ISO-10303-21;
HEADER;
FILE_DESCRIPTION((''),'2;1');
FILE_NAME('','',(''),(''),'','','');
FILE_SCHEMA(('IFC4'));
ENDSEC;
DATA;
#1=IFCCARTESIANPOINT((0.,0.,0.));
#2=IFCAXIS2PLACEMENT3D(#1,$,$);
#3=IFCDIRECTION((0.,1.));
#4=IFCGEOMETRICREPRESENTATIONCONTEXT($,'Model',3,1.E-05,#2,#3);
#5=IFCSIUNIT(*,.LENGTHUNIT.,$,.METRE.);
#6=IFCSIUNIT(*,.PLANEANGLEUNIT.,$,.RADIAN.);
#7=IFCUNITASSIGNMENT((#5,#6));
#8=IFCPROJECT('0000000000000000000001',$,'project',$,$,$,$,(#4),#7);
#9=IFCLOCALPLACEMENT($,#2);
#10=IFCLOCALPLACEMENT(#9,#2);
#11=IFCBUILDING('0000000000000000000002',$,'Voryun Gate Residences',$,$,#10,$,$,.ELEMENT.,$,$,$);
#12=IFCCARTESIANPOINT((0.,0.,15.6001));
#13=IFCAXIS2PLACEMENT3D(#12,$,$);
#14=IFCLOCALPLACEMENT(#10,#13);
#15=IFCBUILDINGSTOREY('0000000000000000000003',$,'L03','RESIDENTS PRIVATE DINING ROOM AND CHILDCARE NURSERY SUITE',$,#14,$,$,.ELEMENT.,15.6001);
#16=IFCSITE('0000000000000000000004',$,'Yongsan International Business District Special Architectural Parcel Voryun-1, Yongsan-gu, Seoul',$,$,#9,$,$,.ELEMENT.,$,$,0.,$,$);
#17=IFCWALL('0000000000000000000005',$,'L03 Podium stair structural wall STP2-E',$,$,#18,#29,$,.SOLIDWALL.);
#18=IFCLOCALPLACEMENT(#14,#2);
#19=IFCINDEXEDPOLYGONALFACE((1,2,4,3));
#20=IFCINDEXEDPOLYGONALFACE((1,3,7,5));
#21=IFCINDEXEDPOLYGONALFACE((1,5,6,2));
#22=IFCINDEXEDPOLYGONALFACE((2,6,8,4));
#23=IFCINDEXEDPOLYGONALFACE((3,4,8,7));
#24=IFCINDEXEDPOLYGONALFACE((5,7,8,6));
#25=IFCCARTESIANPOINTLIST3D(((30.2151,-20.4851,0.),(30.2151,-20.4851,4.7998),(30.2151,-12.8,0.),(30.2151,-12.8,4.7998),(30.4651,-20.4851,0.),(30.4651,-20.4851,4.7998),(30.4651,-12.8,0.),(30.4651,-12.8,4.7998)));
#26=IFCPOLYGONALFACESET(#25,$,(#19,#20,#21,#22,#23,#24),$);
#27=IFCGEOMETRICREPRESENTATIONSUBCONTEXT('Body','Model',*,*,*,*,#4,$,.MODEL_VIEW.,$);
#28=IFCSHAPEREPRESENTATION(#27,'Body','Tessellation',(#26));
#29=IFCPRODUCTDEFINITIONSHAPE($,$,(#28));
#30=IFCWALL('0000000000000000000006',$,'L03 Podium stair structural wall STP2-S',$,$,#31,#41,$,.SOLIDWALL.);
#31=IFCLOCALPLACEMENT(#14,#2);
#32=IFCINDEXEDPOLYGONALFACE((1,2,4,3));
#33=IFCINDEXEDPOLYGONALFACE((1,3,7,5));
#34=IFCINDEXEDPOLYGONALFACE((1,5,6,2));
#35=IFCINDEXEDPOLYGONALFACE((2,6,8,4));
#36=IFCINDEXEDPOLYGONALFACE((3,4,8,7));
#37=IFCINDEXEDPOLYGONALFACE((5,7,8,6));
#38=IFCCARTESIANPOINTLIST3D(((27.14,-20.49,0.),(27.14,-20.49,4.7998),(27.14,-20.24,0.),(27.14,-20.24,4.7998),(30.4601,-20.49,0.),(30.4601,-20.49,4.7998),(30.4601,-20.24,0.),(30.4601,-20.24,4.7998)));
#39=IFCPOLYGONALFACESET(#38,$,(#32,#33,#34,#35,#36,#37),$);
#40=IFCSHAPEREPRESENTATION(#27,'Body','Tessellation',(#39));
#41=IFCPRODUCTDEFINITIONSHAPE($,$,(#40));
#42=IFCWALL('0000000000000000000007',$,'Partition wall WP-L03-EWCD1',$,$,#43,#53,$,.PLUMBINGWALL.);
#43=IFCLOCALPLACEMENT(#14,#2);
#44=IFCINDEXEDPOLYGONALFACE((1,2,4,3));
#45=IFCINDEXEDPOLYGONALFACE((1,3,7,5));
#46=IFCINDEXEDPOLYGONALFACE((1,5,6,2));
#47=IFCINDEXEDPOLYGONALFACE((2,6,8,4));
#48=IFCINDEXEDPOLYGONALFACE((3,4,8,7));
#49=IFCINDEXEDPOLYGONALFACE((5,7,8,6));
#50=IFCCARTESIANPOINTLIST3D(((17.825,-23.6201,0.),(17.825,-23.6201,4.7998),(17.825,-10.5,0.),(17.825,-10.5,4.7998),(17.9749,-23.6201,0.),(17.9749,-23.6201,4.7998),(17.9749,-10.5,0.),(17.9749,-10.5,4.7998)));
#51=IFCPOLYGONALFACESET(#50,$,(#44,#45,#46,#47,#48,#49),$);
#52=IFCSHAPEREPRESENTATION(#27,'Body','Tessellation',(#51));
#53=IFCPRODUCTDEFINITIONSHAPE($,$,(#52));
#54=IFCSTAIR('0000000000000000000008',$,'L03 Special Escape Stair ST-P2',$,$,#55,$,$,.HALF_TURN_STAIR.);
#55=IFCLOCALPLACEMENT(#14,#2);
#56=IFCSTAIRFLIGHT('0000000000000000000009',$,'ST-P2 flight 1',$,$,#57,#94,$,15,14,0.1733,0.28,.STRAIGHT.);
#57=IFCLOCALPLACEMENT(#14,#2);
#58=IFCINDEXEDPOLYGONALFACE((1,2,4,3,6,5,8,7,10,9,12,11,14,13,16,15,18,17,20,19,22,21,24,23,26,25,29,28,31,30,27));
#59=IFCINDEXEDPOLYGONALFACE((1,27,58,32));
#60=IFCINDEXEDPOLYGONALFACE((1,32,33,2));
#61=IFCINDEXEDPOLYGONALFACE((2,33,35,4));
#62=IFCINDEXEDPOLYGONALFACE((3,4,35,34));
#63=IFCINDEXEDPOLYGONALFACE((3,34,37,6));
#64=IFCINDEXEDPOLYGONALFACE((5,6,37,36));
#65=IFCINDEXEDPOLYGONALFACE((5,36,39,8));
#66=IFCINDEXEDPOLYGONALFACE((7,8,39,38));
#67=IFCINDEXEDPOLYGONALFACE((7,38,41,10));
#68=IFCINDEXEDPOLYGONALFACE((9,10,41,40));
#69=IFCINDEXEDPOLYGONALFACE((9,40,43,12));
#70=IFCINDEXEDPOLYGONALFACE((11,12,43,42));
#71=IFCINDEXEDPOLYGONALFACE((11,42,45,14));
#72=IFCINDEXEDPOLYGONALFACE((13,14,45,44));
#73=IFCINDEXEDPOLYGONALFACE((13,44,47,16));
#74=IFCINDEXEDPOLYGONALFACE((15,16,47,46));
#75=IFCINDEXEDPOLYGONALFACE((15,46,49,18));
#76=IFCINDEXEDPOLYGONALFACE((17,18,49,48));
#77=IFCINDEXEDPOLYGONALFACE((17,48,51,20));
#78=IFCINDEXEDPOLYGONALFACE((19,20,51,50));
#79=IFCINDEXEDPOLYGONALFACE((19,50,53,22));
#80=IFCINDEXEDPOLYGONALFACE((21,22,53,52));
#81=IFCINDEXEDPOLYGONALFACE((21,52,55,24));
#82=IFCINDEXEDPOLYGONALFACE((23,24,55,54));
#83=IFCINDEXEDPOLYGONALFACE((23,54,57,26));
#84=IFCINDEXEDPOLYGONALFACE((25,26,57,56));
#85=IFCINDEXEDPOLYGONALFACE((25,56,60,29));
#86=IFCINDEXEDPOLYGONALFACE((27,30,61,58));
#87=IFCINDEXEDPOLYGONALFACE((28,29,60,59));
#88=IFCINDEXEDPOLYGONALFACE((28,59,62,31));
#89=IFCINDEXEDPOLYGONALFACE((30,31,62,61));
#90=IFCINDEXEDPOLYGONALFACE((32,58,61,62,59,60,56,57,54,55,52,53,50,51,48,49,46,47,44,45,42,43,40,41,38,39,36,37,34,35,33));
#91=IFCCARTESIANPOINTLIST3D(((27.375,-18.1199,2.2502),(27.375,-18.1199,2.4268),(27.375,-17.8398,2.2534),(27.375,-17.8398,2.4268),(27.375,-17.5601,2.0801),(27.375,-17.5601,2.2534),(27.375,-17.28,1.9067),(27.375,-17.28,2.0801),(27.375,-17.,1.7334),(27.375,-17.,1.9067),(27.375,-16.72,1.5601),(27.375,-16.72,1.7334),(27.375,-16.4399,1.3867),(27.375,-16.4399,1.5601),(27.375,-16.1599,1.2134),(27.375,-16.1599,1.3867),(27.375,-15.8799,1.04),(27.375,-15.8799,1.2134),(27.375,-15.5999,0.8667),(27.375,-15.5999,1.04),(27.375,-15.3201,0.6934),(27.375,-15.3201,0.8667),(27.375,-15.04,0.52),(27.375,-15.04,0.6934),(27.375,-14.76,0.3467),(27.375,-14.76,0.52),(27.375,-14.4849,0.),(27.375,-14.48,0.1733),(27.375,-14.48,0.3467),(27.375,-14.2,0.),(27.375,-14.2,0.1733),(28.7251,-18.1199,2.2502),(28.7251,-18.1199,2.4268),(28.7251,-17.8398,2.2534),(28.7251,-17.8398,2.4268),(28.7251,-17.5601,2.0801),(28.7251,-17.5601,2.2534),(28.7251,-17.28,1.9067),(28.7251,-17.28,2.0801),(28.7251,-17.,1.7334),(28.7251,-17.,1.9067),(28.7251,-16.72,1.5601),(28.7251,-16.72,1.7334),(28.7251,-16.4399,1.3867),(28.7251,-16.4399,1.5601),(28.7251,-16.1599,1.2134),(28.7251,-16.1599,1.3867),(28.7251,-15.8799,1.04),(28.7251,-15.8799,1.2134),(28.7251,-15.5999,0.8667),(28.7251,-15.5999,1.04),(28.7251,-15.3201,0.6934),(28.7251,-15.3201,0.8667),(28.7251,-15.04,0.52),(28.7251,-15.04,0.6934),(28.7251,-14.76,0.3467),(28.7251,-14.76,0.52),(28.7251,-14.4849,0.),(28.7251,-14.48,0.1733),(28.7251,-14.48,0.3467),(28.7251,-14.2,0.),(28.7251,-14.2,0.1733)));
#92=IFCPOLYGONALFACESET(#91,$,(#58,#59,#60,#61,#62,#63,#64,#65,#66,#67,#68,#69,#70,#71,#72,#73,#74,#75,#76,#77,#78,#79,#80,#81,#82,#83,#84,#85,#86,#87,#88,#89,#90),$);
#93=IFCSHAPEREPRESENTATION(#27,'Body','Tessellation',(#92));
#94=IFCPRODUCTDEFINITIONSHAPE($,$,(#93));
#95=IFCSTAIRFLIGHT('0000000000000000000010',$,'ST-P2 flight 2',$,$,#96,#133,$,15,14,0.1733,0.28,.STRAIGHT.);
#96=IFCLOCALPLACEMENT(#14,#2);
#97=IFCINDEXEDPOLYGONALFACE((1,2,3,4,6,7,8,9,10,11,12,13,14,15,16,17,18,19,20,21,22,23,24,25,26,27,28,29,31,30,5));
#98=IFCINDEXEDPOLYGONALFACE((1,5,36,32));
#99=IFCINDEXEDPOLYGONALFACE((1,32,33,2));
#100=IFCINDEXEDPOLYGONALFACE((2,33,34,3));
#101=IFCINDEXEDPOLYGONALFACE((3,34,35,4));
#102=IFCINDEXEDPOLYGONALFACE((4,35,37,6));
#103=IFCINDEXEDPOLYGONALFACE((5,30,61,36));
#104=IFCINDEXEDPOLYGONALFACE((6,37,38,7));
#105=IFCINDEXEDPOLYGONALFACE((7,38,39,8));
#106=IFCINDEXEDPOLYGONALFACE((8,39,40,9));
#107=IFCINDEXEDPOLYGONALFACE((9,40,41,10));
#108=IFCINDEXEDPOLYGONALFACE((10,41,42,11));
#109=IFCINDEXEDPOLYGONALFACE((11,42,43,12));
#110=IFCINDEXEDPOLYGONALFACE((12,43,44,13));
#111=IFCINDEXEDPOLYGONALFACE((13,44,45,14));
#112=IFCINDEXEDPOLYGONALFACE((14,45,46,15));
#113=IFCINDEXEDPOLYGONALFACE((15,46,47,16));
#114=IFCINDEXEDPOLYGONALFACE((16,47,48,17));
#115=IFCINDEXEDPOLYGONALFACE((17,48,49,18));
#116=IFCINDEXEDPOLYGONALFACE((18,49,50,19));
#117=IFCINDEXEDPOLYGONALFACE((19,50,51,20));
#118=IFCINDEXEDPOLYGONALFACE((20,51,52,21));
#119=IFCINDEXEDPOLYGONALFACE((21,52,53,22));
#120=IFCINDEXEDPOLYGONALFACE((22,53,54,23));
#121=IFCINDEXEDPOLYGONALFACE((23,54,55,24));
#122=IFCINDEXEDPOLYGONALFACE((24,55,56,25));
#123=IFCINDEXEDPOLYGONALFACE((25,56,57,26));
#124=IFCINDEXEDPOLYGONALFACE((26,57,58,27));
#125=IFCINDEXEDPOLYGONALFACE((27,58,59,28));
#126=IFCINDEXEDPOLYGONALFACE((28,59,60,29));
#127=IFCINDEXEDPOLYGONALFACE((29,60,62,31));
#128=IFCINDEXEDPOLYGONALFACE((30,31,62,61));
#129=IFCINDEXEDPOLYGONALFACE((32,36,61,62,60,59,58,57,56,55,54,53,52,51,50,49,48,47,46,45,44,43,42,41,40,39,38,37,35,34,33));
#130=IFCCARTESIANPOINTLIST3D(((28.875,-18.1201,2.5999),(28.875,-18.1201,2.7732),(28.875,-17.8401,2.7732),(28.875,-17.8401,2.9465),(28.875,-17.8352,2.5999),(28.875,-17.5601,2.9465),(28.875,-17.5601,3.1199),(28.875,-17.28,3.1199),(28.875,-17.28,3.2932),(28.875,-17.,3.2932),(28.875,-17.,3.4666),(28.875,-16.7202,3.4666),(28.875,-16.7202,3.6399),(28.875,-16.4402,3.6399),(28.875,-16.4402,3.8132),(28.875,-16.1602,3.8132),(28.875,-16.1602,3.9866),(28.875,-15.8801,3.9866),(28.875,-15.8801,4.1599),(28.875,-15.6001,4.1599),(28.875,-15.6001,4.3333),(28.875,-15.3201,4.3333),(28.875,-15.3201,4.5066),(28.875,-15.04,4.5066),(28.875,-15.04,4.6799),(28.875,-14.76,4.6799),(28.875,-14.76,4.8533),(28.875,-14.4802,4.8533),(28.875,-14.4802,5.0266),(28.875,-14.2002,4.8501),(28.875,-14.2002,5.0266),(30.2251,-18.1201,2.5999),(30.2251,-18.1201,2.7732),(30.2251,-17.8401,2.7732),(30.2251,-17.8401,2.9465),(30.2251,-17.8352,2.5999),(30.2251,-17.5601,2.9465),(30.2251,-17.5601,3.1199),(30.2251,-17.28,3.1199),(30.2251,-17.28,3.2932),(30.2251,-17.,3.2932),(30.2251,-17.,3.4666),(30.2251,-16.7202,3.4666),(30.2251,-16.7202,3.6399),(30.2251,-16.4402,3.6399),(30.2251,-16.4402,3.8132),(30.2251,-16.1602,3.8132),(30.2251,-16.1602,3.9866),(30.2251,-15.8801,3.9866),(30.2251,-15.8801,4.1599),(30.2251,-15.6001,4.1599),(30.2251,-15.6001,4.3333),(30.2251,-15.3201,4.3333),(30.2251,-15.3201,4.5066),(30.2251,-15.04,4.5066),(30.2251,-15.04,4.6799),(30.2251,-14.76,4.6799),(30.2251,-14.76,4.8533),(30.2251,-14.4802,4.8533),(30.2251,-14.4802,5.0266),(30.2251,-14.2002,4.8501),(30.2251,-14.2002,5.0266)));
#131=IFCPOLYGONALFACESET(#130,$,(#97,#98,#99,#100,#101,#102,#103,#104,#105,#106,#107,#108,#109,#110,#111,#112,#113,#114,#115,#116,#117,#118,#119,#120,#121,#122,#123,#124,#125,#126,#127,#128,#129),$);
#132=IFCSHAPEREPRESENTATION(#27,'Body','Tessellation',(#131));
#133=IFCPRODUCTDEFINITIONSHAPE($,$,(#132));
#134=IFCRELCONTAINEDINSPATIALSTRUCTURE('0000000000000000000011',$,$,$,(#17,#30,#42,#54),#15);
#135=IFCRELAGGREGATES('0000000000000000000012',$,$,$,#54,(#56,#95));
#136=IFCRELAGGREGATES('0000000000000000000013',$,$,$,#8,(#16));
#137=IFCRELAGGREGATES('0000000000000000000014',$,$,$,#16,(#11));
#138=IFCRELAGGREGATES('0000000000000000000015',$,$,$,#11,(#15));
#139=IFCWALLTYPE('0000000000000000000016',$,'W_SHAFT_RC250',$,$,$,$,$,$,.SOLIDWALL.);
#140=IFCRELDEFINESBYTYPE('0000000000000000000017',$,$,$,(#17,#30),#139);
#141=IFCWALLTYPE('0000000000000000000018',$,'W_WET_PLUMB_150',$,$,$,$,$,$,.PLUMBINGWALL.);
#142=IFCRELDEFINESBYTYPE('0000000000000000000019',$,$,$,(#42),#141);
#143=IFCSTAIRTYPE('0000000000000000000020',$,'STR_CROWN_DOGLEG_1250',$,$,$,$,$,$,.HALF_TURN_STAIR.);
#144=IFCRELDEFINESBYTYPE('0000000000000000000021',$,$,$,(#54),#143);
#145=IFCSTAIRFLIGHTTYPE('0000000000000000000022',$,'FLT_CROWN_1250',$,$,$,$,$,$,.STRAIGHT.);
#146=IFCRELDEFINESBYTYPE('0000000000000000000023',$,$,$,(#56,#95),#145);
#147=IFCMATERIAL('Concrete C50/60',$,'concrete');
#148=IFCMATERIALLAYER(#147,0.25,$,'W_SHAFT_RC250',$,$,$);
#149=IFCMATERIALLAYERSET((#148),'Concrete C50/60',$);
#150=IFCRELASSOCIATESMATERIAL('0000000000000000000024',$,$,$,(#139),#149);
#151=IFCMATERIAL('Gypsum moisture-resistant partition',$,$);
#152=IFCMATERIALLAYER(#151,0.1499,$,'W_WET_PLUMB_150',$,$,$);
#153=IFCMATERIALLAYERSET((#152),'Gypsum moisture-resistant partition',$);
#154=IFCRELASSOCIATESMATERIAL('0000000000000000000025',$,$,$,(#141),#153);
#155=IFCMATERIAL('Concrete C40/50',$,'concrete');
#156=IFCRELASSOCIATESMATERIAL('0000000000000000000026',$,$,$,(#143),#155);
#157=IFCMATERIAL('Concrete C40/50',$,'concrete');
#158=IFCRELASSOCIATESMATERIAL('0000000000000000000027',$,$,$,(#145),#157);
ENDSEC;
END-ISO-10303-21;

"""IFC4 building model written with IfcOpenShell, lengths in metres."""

from ifc_helpers import new_model, si_unit, direction, frame, frame_2d, origin, place, context, subcontext, project, spatial, polyline, rectangle, outline, extrude, material, layer, layer_set, type_object, element, aggregate, save


model = new_model("IFC4")

# Units and contexts
model_context = context("Model", 3, precision=1e-05, world=origin(), true_north=direction((0.0, 1.0)))
body_context = subcontext(model_context, "Body", "Model", "MODEL_VIEW")
ifc_project = project(units=[si_unit("LENGTHUNIT", "METRE"), si_unit("PLANEANGLEUNIT", "RADIAN")], contexts=[model_context])

# Site, building, storey
site_placement = place(None, origin())
site = spatial("IfcSite", under=ifc_project, at=site_placement, Name="Yongsan International Business District Special Architectural Parcel Voryun-1, Yongsan-gu, Seoul", CompositionType="ELEMENT", RefElevation=0.0)
building_placement = place(site_placement, origin())
building = spatial("IfcBuilding", under=site, at=building_placement, Name="Voryun Gate Residences", CompositionType="ELEMENT")
storey_placement = place(building_placement, frame((0.0, 0.0, 15.6001)))
storey = spatial("IfcBuildingStorey", under=building, at=storey_placement, Name="L03", Description="RESIDENTS PRIVATE DINING ROOM AND CHILDCARE NURSERY SUITE", CompositionType="ELEMENT", Elevation=15.6001)

# Walls
ifc_material_1 = material(Name="Concrete C50/60", Category="concrete")
ifc_layer_1 = layer(ifc_material_1, 0.25, Name="W_SHAFT_RC250")
ifc_layer_set_1 = layer_set([ifc_layer_1], Name="Concrete C50/60")
wall_type_1 = type_object("IfcWallType", Name="W_SHAFT_RC250", PredefinedType="SOLIDWALL", material=ifc_layer_set_1)
for number, where, z_axis, x_axis, name in (
    (1, (30.3401, -20.4851, 0.0), (0.0, 0.0, 1.0), (0.0, 1.0, 0.0), "L03 Podium stair structural wall STP2-E"),
):
    element("IfcWall", number, at=place(storey_placement, frame(where, z_axis=z_axis, x_axis=x_axis)), inside=storey, type_object=wall_type_1, Name=name, PredefinedType="SOLIDWALL", context=body_context, shape_type="SweptSolid", body=[
        extrude(rectangle(XDim=7.6851, YDim=0.25, at=frame_2d((3.8425, 0.0))), origin(), (0.0, 0.0, 1.0), 4.7998),
    ])
wall_1_placement = place(storey_placement, frame((27.1399, -20.365, 0.0), z_axis=(0.0, 0.0, 1.0), x_axis=(1.0, 0.0, 0.0)))
element("IfcWall", 2, at=wall_1_placement, inside=storey, type_object=wall_type_1, Name="L03 Podium stair structural wall STP2-S", PredefinedType="SOLIDWALL", context=body_context, shape_type="SweptSolid", body=[
    extrude(rectangle(XDim=3.3201, YDim=0.25, at=frame_2d((1.6602, 0.0))), origin(), (0.0, 0.0, 1.0), 4.7998),
])
ifc_material_2 = material(Name="Gypsum moisture-resistant partition")
ifc_layer_2 = layer(ifc_material_2, 0.1499, Name="W_WET_PLUMB_150")
ifc_layer_set_2 = layer_set([ifc_layer_2], Name="Gypsum moisture-resistant partition")
wall_type_2 = type_object("IfcWallType", Name="W_WET_PLUMB_150", PredefinedType="PLUMBINGWALL", material=ifc_layer_set_2)
wall_2_placement = place(storey_placement, frame((17.8999, -23.6201, 0.0), z_axis=(0.0, 0.0, 1.0), x_axis=(0.0, 1.0, 0.0)))
element("IfcWall", 3, at=wall_2_placement, inside=storey, type_object=wall_type_2, Name="Partition wall WP-L03-EWCD1", PredefinedType="PLUMBINGWALL", context=body_context, shape_type="SweptSolid", body=[
    extrude(rectangle(XDim=13.1201, YDim=0.1499, at=frame_2d((6.5601, 0.0))), origin(), (0.0, 0.0, 1.0), 4.7998),
])

# Stair, stair flights
ifc_material_3 = material(Name="Concrete C40/50", Category="concrete")
stair_type = type_object("IfcStairType", Name="STR_CROWN_DOGLEG_1250", PredefinedType="HALF_TURN_STAIR", material=ifc_material_3)
stair_placement = place(storey_placement, origin())
stair = element("IfcStair", 4, at=stair_placement, inside=storey, type_object=stair_type, Name="L03 Special Escape Stair ST-P2", PredefinedType="HALF_TURN_STAIR")
ifc_material_4 = material(Name="Concrete C40/50", Category="concrete")
stair_flight_type = type_object("IfcStairFlightType", Name="FLT_CROWN_1250", PredefinedType="STRAIGHT", material=ifc_material_4)
stair_flight_1_placement = place(storey_placement, frame((28.05, -14.2, 0.0), z_axis=(0.0, 0.0, 1.0), x_axis=(0.0, -1.0, 0.0)))
stair_flight_1 = element("IfcStairFlight", 5, at=stair_flight_1_placement, type_object=stair_flight_type, Name="ST-P2 flight 1", NumberOfRisers=15, NumberOfTreads=14, PredefinedType="STRAIGHT", RiserHeight=0.1733, TreadLength=0.28, context=body_context, shape_type="SweptSolid", body=[
    extrude(outline(polyline([(0.0, 0.0), (0.0, 0.1733), (0.28, 0.1733), (0.28, 0.3467), (0.5601, 0.3467), (0.5601, 0.52), (0.8401, 0.52), (0.8401, 0.6934), (1.1201, 0.6934), (1.1201, 0.8667), (1.3999, 0.8667), (1.3999, 1.04), (1.6799, 1.04), (1.6799, 1.2134), (1.96, 1.2134), (1.96, 1.3867), (2.24, 1.3867), (2.24, 1.5601), (2.52, 1.5601), (2.52, 1.7334), (2.8, 1.7334), (2.8, 1.9067), (3.0801, 1.9067), (3.0801, 2.0801), (3.3601, 2.0801), (3.3601, 2.2534), (3.6399, 2.2534), (3.6399, 2.4268), (3.9199, 2.4268), (3.9199, 2.6001), (3.9199, 2.2502), (0.2849, 0.0), (0.0, 0.0)])), frame((0.0, 0.675, 0.0), z_axis=(0.0, -1.0, 0.0), x_axis=(1.0, 0.0, 0.0)), (0.0, 0.0, 1.0), 1.3501),
])
stair_flight_2_placement = place(storey_placement, frame((29.55, -18.1201, 2.5999), z_axis=(0.0, 0.0, 1.0), x_axis=(0.0, 1.0, 0.0)))
stair_flight_2 = element("IfcStairFlight", 6, at=stair_flight_2_placement, type_object=stair_flight_type, Name="ST-P2 flight 2", NumberOfRisers=15, NumberOfTreads=14, PredefinedType="STRAIGHT", RiserHeight=0.1733, TreadLength=0.28, context=body_context, shape_type="SweptSolid", body=[
    extrude(outline(polyline([(0.0, 0.0), (0.0, 0.1733), (0.28, 0.1733), (0.28, 0.3467), (0.5601, 0.3467), (0.5601, 0.52), (0.8401, 0.52), (0.8401, 0.6934), (1.1201, 0.6934), (1.1201, 0.8667), (1.3999, 0.8667), (1.3999, 1.04), (1.6799, 1.04), (1.6799, 1.2134), (1.96, 1.2134), (1.96, 1.3867), (2.24, 1.3867), (2.24, 1.5601), (2.52, 1.5601), (2.52, 1.7334), (2.8, 1.7334), (2.8, 1.9067), (3.0801, 1.9067), (3.0801, 2.0801), (3.3601, 2.0801), (3.3601, 2.2534), (3.6399, 2.2534), (3.6399, 2.4268), (3.9199, 2.4268), (3.9199, 2.6001), (3.9199, 2.2502), (0.2849, 0.0), (0.0, 0.0)])), frame((0.0, 0.675, 0.0), z_axis=(0.0, -1.0, 0.0), x_axis=(1.0, 0.0, 0.0)), (0.0, 0.0, 1.0), 1.3501),
])
aggregate(stair, [stair_flight_1, stair_flight_2])

save(model, "model.ifc")
